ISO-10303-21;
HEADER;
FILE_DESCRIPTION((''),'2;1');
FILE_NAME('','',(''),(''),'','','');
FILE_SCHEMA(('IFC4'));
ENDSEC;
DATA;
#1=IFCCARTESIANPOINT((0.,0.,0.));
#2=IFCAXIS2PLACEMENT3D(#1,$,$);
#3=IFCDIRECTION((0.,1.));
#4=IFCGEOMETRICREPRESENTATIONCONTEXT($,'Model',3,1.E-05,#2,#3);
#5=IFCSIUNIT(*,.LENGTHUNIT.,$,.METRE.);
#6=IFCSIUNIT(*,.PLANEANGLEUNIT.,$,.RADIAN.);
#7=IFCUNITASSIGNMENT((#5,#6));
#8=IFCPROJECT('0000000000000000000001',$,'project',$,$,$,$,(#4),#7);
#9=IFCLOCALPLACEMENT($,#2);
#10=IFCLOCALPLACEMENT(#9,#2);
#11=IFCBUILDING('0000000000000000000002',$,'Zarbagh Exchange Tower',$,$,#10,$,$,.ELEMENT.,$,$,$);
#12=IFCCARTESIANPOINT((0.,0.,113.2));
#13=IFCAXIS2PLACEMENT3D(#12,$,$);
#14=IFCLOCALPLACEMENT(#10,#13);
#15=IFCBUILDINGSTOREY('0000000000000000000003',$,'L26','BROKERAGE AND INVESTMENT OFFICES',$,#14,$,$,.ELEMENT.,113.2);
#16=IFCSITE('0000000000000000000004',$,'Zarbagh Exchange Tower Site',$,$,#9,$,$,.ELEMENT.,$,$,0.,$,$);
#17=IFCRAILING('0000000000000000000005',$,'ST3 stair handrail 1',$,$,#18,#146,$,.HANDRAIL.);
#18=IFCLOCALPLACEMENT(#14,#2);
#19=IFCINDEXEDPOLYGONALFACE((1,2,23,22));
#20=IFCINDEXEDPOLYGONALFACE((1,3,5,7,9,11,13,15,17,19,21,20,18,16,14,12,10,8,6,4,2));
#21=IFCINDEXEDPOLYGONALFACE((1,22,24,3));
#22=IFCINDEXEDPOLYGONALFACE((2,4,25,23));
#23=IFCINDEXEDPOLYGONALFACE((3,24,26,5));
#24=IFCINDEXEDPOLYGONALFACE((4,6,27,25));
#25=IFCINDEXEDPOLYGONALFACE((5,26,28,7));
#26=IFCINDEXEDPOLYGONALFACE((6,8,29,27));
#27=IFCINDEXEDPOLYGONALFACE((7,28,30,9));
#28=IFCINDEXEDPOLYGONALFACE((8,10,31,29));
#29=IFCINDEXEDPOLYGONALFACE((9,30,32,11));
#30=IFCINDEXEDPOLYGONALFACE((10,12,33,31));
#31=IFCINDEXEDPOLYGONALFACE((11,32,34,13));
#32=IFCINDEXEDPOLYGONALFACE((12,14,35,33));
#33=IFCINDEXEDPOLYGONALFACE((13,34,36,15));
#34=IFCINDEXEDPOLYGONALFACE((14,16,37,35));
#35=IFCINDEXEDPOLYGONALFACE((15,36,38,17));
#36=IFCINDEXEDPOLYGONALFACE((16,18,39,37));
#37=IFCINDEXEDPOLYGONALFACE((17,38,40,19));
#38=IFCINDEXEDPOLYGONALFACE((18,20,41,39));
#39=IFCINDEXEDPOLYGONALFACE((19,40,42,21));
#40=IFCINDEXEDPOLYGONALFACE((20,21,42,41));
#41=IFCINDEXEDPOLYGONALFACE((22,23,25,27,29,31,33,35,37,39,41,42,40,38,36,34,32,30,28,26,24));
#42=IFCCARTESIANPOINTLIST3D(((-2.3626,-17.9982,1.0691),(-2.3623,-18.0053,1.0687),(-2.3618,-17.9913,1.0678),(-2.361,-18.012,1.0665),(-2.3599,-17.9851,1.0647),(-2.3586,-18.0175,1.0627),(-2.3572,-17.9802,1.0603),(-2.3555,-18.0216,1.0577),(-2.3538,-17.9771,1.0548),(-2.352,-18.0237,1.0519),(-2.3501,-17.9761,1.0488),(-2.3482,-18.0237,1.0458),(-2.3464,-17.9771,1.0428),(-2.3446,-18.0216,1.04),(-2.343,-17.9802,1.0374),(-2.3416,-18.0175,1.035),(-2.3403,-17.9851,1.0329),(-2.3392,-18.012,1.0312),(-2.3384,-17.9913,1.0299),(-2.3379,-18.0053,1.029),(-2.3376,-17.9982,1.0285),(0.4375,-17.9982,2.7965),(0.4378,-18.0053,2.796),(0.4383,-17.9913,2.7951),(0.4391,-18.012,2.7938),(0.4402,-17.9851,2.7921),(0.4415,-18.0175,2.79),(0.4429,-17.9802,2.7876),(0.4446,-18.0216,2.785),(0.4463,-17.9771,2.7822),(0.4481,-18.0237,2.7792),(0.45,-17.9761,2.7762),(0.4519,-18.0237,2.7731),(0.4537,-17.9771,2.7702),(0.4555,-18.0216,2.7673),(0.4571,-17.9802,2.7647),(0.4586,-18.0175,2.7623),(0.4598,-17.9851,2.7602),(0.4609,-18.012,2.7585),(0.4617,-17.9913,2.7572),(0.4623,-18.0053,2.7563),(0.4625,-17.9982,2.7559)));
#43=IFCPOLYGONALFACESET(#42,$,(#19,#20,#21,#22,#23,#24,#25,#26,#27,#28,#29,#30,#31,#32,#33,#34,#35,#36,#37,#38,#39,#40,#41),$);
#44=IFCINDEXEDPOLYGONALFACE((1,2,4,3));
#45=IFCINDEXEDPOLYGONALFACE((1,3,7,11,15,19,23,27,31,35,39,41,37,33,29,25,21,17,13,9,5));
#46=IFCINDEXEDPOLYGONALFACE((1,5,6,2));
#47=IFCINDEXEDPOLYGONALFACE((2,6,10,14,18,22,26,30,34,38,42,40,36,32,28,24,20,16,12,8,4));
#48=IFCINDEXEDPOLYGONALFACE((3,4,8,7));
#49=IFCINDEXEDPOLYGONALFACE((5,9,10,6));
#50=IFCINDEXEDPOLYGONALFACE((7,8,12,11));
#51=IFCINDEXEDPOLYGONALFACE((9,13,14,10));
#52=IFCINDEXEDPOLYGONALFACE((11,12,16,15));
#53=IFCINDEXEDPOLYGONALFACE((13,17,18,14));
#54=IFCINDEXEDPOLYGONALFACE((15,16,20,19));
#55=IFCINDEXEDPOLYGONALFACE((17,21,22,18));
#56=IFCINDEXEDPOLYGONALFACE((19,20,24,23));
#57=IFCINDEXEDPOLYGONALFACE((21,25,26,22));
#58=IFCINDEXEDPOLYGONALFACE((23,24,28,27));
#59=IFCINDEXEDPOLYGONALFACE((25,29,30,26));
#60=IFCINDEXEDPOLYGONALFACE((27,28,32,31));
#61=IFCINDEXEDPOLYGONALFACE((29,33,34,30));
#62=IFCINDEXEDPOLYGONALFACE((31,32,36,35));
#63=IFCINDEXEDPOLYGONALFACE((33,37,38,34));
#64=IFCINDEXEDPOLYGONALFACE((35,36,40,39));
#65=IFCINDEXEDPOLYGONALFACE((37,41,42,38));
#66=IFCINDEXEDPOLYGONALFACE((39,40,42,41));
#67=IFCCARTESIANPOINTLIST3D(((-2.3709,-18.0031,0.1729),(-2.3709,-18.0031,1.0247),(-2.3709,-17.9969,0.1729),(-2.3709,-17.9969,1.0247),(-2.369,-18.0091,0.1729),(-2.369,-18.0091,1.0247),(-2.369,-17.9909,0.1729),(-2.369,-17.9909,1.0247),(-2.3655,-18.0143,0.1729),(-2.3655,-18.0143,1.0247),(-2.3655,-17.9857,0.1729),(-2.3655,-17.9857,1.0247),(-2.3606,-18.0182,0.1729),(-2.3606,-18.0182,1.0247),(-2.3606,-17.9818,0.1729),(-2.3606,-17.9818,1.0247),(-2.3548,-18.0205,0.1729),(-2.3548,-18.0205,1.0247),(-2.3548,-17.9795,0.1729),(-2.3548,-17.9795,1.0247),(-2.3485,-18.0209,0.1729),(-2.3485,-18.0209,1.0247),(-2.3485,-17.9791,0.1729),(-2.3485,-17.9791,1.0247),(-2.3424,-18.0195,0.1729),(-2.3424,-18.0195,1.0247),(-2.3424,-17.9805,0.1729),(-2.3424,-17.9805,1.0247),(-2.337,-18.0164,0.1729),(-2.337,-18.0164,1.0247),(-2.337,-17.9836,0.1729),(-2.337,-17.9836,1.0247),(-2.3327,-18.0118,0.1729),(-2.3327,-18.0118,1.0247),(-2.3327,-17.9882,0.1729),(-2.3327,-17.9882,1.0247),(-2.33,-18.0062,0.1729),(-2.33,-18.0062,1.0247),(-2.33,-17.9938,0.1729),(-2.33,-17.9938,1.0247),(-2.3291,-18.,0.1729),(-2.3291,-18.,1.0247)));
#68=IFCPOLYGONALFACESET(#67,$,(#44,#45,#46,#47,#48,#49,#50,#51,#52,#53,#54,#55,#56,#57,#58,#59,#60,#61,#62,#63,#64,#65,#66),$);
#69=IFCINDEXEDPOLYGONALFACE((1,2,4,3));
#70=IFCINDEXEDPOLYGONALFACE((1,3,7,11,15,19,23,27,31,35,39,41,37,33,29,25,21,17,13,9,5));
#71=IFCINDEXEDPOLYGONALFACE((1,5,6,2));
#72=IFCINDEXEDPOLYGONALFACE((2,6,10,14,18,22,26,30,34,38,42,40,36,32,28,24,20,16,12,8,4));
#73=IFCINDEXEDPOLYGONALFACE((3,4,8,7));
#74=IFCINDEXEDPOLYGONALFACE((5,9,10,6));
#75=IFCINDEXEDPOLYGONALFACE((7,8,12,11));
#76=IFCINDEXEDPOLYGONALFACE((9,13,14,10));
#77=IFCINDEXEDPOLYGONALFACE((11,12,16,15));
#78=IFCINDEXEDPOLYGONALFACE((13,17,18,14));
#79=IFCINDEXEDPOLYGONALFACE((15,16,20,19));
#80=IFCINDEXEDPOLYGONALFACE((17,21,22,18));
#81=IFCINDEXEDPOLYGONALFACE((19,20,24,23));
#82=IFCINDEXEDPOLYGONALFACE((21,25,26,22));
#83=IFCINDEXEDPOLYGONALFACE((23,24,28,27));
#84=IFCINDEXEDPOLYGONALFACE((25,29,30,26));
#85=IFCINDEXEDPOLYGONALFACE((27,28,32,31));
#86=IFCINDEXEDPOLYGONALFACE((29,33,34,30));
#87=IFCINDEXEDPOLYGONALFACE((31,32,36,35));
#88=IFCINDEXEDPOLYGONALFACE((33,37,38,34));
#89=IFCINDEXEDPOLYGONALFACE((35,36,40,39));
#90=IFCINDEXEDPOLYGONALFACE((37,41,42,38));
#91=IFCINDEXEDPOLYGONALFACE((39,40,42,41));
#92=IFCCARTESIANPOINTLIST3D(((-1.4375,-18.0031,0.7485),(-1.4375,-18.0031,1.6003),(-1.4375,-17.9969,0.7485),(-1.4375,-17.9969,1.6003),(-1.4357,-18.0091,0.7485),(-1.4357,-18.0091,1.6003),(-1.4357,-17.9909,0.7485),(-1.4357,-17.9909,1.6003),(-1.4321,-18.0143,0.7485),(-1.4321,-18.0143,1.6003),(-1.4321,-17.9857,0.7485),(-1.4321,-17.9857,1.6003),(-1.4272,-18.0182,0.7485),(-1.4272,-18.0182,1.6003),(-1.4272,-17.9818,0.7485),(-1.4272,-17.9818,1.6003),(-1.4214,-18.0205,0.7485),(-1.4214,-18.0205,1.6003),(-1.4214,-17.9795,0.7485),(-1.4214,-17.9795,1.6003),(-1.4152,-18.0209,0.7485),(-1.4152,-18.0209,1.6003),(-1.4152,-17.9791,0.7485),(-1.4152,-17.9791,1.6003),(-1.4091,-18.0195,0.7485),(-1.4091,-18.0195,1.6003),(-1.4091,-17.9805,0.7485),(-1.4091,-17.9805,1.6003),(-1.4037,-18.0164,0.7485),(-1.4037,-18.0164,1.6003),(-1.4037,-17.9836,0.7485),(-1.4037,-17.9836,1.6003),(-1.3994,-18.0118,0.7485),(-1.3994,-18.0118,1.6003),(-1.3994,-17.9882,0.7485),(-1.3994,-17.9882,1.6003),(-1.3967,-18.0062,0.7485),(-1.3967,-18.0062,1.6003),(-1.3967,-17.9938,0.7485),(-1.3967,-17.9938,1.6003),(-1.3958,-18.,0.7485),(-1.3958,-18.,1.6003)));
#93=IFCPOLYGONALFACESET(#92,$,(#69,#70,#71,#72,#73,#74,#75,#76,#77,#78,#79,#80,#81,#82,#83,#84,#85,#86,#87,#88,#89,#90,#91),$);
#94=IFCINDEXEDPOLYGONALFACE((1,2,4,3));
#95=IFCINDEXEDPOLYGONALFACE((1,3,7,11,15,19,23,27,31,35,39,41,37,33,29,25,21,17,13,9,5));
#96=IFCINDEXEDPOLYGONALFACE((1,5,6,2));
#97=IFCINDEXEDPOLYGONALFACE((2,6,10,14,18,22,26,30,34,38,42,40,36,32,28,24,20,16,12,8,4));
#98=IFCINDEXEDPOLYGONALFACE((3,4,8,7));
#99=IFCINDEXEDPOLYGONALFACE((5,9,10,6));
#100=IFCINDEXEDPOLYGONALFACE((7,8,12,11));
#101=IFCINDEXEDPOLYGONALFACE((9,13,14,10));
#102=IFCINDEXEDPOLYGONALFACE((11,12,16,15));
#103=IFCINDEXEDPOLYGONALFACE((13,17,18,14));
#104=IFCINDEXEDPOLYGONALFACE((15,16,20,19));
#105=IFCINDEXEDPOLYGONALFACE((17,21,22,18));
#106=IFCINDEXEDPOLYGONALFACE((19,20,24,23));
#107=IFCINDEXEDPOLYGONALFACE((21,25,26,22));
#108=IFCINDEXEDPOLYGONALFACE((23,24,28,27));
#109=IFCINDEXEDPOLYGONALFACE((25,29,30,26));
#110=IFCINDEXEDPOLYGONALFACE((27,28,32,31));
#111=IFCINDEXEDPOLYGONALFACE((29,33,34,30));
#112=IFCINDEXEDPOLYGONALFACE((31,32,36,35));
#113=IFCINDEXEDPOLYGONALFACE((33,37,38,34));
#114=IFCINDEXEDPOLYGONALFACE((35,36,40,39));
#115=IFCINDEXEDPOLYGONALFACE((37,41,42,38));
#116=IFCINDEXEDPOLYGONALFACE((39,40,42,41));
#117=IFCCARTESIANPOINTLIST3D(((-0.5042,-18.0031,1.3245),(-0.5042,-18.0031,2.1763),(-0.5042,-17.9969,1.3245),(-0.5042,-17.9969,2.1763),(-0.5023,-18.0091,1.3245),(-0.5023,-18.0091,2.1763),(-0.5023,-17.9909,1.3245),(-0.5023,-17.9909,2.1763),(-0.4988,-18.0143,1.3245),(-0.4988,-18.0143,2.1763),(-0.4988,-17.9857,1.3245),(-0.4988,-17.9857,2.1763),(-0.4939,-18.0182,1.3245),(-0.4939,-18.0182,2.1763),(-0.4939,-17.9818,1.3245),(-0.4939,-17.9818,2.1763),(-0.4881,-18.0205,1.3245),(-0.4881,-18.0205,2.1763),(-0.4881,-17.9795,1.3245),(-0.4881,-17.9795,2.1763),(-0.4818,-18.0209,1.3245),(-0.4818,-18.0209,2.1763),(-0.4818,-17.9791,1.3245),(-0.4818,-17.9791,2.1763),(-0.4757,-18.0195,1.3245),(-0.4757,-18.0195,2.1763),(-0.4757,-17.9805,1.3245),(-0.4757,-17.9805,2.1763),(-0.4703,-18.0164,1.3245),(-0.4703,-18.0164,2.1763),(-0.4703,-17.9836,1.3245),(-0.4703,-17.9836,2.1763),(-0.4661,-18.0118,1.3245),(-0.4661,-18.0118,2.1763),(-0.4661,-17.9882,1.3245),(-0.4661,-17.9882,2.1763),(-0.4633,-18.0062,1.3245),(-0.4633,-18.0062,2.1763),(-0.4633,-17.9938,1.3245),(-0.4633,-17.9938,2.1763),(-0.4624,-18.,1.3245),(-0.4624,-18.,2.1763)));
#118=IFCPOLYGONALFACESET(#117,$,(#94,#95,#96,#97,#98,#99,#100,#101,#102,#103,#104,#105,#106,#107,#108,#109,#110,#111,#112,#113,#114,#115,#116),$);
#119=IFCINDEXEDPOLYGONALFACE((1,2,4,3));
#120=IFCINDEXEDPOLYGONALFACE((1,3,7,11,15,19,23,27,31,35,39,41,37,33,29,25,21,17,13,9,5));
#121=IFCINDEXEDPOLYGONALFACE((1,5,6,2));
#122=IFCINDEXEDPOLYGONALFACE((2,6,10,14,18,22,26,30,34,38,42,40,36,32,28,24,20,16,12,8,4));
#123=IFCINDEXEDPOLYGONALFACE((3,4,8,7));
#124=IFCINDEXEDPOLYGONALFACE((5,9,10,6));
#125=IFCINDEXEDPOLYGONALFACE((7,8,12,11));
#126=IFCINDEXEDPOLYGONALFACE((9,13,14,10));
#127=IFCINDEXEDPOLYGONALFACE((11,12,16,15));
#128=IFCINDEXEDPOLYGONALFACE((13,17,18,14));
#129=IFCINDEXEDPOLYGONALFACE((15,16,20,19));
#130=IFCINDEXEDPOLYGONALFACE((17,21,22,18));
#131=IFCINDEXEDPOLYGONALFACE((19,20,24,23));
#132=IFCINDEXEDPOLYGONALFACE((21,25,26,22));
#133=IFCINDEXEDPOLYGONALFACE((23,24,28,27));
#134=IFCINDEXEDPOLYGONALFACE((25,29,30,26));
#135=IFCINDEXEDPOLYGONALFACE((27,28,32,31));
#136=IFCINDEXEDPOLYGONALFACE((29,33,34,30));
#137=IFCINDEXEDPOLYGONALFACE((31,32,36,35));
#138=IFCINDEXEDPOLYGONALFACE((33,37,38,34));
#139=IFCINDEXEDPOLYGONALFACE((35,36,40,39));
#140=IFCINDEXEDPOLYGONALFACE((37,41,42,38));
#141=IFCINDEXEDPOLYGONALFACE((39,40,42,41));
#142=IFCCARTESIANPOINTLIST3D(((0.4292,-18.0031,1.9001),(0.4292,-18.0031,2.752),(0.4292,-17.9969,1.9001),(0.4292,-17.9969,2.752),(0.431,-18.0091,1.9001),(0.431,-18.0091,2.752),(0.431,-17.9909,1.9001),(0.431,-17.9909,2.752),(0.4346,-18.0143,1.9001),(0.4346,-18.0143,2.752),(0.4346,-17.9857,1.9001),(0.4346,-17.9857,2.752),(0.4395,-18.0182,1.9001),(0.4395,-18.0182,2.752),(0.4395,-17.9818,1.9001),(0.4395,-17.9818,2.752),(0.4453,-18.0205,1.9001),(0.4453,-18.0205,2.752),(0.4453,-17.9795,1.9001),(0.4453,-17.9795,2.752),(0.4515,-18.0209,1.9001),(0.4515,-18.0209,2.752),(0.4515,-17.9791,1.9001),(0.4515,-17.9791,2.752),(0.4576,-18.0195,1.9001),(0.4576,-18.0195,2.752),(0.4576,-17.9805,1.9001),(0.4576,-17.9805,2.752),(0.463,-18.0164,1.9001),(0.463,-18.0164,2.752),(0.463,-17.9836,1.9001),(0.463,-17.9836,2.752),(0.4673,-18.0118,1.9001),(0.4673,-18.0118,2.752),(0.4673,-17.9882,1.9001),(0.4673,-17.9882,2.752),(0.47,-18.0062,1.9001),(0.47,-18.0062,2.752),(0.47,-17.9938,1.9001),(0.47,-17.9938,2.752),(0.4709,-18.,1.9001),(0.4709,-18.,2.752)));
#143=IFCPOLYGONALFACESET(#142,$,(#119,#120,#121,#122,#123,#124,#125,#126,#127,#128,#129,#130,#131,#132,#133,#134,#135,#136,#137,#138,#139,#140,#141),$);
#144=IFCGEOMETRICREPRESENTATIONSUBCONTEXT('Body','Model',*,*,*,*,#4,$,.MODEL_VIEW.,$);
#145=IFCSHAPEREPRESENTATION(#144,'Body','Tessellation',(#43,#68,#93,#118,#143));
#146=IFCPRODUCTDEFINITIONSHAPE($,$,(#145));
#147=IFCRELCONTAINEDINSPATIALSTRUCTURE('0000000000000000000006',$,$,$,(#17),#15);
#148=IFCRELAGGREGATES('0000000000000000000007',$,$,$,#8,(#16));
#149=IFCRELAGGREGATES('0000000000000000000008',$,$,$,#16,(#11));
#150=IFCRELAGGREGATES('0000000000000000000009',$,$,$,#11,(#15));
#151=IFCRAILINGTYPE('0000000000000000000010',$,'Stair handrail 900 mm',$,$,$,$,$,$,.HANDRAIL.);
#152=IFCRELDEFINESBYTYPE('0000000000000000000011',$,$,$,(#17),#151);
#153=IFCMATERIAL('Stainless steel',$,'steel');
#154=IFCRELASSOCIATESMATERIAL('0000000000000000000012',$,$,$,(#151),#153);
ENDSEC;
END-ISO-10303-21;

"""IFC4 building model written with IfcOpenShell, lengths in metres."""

from ifc_helpers import new_model, si_unit, direction, frame, origin, origin_2d, place, context, subcontext, project, spatial, circle, extrude, material, type_object, element, save


model = new_model("IFC4")

# Units and contexts
model_context = context("Model", 3, precision=1e-05, world=origin(), true_north=direction((0.0, 1.0)))
body_context = subcontext(model_context, "Body", "Model", "MODEL_VIEW")
ifc_project = project(units=[si_unit("LENGTHUNIT", "METRE"), si_unit("PLANEANGLEUNIT", "RADIAN")], contexts=[model_context])

# Site, building, storey
site_placement = place(None, origin())
site = spatial("IfcSite", under=ifc_project, at=site_placement, Name="Zarbagh Exchange Tower Site", CompositionType="ELEMENT", RefElevation=0.0)
building_placement = place(site_placement, origin())
building = spatial("IfcBuilding", under=site, at=building_placement, Name="Zarbagh Exchange Tower", CompositionType="ELEMENT")
storey_placement = place(building_placement, frame((0.0, 0.0, 113.2)))
storey = spatial("IfcBuildingStorey", under=building, at=storey_placement, Name="L26", Description="BROKERAGE AND INVESTMENT OFFICES", CompositionType="ELEMENT", Elevation=113.2)

# Shared definitions
ifc_material_1 = material(Name="Stainless steel", Category="steel")

# Railing
railing_type = type_object("IfcRailingType", Name="Stair handrail 900 mm", PredefinedType="HANDRAIL", material=ifc_material_1)
for number, where, name in (
    (1, (-2.3501, -18.0, 0.1729), "ST3 stair handrail 1"),
):
    element("IfcRailing", number, at=place(storey_placement, frame(where)), inside=storey, type_object=railing_type, Name=name, PredefinedType="HANDRAIL", context=body_context, shape_type="SweptSolid", body=[
        extrude(circle(Radius=0.0239, at=origin_2d()), frame((0.0, 0.0, 0.876), z_axis=(0.85109, 0.0, 0.52502), x_axis=(0.0, 1.0, 0.0)), (0.0, 0.0, 1.0), 3.29),
        extrude(circle(Radius=0.021, at=origin_2d()), origin(), (0.0, 0.0, 1.0), 0.8518),
        extrude(circle(Radius=0.021, at=origin_2d()), frame((0.9333, 0.0, 0.5757)), (0.0, 0.0, 1.0), 0.8518),
        extrude(circle(Radius=0.021, at=origin_2d()), frame((1.8667, 0.0, 1.1516)), (0.0, 0.0, 1.0), 0.8518),
        extrude(circle(Radius=0.021, at=origin_2d()), frame((2.8, 0.0, 1.7273)), (0.0, 0.0, 1.0), 0.8518),
    ])

save(model, "model.ifc")
